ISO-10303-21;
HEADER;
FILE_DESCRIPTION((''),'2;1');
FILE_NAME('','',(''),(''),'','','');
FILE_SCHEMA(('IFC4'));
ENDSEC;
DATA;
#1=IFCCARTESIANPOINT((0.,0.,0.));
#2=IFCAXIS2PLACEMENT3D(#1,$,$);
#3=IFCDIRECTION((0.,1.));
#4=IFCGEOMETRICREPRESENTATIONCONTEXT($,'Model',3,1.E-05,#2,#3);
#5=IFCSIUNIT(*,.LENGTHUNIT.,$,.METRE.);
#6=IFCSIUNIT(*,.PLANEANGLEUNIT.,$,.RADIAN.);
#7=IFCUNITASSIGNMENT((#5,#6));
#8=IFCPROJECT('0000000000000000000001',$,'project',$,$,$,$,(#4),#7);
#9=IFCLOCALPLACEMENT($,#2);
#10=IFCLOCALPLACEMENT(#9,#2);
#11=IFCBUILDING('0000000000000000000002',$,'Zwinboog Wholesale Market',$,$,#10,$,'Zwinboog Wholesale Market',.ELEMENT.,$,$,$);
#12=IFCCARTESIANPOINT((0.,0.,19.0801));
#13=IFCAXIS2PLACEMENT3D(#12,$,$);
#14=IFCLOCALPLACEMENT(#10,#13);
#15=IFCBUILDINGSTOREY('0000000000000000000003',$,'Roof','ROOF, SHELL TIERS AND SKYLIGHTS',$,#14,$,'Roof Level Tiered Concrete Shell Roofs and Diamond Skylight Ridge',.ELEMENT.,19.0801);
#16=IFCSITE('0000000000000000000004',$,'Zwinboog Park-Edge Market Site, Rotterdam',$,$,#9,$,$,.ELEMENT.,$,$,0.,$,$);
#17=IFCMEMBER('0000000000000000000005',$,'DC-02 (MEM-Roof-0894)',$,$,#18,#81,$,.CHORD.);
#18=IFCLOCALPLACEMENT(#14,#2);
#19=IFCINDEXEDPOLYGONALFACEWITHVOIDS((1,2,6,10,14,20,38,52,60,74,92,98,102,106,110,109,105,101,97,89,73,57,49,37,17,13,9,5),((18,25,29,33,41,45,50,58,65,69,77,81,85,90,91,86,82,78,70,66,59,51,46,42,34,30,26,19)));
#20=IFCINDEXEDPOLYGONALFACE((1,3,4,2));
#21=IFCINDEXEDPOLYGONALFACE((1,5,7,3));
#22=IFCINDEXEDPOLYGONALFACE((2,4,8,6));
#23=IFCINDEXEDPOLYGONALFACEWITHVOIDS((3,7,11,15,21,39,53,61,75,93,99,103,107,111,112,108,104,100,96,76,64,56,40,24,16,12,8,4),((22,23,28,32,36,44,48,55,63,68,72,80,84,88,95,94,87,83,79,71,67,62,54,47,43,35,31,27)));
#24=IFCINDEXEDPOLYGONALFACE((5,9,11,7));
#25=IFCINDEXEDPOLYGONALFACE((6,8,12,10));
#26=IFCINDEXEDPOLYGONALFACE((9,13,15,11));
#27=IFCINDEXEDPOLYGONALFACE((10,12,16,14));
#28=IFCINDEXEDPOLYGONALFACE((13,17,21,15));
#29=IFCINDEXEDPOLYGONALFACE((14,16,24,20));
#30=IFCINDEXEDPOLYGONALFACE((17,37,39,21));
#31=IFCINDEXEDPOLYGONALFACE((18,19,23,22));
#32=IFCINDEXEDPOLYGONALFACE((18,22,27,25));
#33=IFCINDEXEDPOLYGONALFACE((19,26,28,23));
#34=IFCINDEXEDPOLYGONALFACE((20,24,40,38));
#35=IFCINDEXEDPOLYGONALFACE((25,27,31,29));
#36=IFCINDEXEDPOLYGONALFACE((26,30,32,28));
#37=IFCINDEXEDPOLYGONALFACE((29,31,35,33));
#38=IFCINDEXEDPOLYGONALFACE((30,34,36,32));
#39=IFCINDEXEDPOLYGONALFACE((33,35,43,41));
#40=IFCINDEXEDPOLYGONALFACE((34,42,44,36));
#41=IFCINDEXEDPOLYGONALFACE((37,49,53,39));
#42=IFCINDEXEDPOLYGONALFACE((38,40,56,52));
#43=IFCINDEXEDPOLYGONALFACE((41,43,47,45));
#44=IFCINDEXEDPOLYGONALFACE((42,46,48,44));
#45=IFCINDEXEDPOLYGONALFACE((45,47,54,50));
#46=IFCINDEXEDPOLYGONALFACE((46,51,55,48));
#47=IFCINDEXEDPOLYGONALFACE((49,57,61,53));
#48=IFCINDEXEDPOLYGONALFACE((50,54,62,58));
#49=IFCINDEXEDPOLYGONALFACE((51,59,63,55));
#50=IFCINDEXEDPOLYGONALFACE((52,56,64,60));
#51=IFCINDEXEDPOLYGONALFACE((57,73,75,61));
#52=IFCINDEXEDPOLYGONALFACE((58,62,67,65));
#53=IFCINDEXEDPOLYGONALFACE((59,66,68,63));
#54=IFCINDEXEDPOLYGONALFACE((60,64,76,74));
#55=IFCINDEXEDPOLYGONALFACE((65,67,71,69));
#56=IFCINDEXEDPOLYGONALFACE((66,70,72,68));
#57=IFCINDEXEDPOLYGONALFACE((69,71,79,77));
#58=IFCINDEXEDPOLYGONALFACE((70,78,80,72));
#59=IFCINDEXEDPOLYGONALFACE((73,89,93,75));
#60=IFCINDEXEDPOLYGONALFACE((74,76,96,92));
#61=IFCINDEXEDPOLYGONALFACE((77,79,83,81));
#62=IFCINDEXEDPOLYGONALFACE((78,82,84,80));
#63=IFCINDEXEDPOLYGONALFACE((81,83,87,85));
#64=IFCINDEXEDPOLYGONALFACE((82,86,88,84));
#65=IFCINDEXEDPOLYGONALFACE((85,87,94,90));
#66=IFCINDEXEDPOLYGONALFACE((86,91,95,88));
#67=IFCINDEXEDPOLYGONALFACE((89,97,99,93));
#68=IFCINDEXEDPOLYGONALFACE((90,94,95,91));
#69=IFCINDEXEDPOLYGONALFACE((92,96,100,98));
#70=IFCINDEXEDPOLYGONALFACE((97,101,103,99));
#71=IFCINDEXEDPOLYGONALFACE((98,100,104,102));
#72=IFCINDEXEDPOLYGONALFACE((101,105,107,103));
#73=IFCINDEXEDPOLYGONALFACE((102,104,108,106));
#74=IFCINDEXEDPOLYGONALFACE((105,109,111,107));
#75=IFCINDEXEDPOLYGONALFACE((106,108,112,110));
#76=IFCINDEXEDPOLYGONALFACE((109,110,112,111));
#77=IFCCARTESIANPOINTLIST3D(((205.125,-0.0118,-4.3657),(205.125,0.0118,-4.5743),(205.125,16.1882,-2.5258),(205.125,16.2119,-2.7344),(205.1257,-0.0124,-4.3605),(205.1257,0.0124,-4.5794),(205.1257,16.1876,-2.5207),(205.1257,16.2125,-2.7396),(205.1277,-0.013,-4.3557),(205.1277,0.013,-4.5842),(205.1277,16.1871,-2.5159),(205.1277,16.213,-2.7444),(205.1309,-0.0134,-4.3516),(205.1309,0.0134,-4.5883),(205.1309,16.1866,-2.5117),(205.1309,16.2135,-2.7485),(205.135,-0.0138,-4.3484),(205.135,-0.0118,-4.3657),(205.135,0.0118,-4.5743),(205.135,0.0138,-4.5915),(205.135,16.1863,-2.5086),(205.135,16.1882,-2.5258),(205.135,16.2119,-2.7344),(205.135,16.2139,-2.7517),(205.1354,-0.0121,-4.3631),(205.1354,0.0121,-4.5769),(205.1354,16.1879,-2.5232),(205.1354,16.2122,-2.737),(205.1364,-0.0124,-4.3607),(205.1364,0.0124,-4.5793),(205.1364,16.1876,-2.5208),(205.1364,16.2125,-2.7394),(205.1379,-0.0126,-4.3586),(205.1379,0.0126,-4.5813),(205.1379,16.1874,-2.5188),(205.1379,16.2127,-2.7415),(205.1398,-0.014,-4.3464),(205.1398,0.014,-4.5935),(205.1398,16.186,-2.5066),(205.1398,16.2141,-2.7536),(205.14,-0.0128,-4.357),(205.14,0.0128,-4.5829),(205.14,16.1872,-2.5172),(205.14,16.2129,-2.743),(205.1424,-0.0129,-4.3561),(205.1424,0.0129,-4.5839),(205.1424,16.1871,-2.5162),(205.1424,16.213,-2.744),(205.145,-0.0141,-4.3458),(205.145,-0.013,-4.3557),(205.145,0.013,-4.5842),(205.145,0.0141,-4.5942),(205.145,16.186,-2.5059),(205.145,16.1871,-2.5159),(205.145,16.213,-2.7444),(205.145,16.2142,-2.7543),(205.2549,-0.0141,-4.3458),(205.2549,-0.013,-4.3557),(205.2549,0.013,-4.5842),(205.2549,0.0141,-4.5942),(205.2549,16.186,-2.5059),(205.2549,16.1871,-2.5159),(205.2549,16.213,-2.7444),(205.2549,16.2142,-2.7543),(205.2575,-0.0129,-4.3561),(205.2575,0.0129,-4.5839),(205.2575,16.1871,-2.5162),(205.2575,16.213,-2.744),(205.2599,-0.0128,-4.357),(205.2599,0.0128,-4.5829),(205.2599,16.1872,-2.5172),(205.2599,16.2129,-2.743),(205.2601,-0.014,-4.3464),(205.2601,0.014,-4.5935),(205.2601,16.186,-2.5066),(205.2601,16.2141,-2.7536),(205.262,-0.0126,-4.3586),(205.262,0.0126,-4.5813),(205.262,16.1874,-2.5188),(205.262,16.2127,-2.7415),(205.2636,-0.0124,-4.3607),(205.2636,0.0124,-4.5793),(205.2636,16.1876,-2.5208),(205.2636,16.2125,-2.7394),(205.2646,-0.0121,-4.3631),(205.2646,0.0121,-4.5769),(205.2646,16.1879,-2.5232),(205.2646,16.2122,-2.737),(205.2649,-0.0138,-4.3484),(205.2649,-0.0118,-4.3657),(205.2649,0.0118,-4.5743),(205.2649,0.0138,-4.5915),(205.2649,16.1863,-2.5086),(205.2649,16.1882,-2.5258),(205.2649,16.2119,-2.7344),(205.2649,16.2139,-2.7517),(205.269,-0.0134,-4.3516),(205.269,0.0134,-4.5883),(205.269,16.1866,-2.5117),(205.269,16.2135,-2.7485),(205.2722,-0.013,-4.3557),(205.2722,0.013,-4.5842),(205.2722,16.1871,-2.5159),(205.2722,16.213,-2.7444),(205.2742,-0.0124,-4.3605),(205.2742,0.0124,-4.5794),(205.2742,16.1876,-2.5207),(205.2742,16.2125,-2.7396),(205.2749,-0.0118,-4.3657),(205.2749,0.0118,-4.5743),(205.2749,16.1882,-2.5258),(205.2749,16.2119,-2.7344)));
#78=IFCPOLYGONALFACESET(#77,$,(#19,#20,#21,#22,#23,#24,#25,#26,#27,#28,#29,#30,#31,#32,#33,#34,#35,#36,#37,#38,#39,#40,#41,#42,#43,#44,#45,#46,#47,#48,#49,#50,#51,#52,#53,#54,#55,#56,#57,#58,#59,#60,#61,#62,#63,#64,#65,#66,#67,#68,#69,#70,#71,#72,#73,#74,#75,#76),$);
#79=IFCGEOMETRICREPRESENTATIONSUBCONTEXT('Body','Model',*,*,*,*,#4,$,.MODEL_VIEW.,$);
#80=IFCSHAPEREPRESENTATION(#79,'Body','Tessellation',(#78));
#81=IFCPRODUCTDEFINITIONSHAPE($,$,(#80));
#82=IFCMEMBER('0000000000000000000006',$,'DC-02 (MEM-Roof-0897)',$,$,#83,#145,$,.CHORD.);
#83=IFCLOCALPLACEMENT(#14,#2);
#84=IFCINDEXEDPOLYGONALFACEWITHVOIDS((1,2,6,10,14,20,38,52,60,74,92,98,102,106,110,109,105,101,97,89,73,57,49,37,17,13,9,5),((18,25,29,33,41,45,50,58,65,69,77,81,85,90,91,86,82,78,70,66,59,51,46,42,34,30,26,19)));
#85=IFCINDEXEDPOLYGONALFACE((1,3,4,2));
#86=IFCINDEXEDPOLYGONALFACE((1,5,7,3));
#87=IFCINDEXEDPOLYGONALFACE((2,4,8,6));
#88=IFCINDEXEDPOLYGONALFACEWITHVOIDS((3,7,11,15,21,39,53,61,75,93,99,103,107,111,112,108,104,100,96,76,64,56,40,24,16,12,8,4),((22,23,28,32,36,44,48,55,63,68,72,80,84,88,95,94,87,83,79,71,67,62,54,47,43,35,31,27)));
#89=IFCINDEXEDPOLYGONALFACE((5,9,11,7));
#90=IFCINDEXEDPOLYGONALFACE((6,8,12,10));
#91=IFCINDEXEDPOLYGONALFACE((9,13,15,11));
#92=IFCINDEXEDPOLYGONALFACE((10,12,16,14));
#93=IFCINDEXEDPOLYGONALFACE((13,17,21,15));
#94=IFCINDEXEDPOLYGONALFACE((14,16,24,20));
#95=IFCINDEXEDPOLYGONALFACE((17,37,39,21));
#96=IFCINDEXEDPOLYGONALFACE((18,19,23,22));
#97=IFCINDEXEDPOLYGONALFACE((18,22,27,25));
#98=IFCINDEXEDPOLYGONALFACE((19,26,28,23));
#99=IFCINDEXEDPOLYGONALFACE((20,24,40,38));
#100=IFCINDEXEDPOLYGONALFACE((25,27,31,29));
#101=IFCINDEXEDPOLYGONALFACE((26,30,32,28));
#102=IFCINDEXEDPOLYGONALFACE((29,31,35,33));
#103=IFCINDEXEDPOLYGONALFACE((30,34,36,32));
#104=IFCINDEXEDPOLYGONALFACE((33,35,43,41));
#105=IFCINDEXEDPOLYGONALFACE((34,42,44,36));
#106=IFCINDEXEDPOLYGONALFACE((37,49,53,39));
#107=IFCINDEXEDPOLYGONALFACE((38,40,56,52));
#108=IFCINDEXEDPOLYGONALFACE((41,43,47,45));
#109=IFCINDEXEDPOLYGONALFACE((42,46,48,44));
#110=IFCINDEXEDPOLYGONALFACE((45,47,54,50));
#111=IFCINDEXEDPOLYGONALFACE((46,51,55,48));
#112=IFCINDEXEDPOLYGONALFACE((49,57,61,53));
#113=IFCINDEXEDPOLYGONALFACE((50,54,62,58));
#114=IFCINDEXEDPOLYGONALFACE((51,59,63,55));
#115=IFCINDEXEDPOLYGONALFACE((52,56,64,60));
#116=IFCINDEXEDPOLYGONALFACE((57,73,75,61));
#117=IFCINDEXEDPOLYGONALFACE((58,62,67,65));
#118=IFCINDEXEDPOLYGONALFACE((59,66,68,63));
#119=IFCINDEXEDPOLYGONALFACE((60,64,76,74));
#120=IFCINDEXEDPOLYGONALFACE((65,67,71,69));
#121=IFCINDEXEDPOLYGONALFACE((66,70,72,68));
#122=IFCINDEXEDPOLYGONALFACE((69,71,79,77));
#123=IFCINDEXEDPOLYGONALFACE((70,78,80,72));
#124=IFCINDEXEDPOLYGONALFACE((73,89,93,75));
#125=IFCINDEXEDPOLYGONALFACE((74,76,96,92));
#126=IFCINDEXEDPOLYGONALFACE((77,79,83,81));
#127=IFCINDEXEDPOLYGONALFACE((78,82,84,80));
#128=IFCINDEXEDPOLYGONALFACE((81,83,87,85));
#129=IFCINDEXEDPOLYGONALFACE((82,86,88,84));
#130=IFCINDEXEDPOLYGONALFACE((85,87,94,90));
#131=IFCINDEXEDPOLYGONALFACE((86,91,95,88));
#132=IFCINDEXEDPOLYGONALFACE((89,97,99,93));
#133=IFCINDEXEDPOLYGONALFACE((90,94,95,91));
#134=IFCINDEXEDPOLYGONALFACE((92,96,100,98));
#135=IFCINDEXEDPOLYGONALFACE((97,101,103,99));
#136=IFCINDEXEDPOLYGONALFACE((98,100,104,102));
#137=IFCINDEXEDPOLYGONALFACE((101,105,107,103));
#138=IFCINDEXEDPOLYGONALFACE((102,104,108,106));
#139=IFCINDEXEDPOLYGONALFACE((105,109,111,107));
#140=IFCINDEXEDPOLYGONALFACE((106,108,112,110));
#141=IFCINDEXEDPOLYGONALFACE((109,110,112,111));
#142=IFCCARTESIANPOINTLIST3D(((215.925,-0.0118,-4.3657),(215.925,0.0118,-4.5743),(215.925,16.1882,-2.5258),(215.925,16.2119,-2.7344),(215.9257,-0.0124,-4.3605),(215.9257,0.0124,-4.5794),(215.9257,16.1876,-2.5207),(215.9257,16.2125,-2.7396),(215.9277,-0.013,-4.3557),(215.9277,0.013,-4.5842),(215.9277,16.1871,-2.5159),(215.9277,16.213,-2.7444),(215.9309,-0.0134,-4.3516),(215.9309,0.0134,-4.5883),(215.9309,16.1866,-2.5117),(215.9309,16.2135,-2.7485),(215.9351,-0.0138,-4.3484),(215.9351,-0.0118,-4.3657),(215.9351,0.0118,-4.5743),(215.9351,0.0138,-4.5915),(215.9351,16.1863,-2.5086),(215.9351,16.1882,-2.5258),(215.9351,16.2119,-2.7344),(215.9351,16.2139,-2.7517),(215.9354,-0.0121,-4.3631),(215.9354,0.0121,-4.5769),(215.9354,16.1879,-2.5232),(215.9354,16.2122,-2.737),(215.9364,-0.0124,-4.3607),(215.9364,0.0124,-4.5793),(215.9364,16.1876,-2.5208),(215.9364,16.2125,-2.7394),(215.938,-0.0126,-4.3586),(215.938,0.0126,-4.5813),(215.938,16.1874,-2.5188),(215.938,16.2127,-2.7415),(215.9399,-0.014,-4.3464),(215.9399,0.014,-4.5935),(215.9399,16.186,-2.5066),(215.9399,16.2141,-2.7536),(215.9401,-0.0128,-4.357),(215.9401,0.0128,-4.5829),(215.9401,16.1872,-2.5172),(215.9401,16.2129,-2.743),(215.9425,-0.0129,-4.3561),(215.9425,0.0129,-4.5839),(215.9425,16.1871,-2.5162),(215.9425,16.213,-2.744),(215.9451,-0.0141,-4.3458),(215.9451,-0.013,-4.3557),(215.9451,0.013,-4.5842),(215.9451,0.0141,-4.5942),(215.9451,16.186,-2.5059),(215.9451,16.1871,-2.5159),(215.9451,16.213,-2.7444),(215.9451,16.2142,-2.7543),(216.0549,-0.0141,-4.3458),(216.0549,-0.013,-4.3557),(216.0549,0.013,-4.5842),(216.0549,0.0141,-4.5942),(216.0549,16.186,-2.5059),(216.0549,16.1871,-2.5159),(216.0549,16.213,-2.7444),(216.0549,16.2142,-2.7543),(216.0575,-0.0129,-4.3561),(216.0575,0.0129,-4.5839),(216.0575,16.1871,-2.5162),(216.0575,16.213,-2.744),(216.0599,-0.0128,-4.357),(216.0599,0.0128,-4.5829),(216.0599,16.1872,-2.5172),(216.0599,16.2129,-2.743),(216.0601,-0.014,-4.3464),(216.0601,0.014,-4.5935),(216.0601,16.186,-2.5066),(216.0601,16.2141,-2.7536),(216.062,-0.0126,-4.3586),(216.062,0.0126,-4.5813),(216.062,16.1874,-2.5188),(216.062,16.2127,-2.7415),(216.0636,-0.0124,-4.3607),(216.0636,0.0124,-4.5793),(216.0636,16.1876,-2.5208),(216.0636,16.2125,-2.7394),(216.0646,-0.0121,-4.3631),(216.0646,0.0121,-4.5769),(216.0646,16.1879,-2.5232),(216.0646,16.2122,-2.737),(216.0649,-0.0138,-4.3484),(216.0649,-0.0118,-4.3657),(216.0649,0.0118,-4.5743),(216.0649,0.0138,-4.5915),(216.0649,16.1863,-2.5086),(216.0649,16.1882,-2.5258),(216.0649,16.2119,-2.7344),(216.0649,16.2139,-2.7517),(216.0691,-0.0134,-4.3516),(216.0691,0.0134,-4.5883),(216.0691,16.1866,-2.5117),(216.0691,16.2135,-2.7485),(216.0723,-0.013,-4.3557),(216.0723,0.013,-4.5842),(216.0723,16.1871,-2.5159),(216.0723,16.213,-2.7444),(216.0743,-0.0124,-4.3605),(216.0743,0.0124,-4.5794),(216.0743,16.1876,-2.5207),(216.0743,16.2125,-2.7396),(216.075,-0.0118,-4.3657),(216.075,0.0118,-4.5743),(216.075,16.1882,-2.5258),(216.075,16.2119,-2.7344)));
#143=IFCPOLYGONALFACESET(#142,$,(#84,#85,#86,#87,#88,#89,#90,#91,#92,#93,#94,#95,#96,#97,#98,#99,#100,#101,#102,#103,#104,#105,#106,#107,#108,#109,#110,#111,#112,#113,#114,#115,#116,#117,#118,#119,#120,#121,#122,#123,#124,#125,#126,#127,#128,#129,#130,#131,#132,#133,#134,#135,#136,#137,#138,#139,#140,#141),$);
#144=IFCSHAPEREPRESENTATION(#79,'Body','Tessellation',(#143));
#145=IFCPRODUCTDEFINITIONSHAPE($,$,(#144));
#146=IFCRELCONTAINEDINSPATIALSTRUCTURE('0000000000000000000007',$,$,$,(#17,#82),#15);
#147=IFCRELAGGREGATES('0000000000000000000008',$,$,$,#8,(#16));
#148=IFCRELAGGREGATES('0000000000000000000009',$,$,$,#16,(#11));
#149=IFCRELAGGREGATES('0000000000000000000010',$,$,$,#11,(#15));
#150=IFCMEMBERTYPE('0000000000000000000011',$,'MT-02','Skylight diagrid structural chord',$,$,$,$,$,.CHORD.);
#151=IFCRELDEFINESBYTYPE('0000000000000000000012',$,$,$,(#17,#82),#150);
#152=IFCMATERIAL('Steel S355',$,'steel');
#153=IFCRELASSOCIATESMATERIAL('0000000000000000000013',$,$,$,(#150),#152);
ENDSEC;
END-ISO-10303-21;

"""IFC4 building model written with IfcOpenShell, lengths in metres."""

from ifc_helpers import new_model, si_unit, direction, frame, origin, origin_2d, place, context, subcontext, project, spatial, hollow_rectangle, extrude, material, material_profile, profile_set, type_object, element, save


model = new_model("IFC4")

# Units and contexts
model_context = context("Model", 3, precision=1e-05, world=origin(), true_north=direction((0.0, 1.0)))
body_context = subcontext(model_context, "Body", "Model", "MODEL_VIEW")
ifc_project = project(units=[si_unit("LENGTHUNIT", "METRE"), si_unit("PLANEANGLEUNIT", "RADIAN")], contexts=[model_context])

# Site, building, storey
site_placement = place(None, origin())
site = spatial("IfcSite", under=ifc_project, at=site_placement, Name="Zwinboog Park-Edge Market Site, Rotterdam", CompositionType="ELEMENT", RefElevation=0.0)
building_placement = place(site_placement, origin())
building = spatial("IfcBuilding", under=site, at=building_placement, Name="Zwinboog Wholesale Market", LongName="Zwinboog Wholesale Market", CompositionType="ELEMENT")
storey_placement = place(building_placement, frame((0.0, 0.0, 19.0801)))
storey = spatial("IfcBuildingStorey", under=building, at=storey_placement, Name="Roof", Description="ROOF, SHELL TIERS AND SKYLIGHTS", LongName="Roof Level Tiered Concrete Shell Roofs and Diamond Skylight Ridge", CompositionType="ELEMENT", Elevation=19.0801)

# Shared definitions
ifc_material_1 = material(Name="Steel S355", Category="steel")

# Members
ifc_material_profile_1 = material_profile(ifc_material_1, hollow_rectangle(XDim=0.1499, YDim=0.25, WallThickness=0.01, InnerFilletRadius=0.01, OuterFilletRadius=0.02, at=origin_2d()), Name="RHS 250x150x10")
ifc_profile_set_1 = profile_set([ifc_material_profile_1], Name="Steel S355")
member_type_1 = type_object("IfcMemberType", Name="MT-02", Description="Skylight diagrid structural chord", PredefinedType="CHORD", material=ifc_profile_set_1)
for number, where, z_axis, x_axis, name in (
    (1, (205.2, 0.0, -4.47), (0.0, 0.993613, 0.112846), (-1.0, 0.0, 0.0), "DC-02 (MEM-Roof-0894)"),
    (2, (216.0, 0.0, -4.47), (0.0, 0.993613, 0.112846), (-1.0, 0.0, 0.0), "DC-02 (MEM-Roof-0897)"),
):
    element("IfcMember", number, at=place(storey_placement, frame(where, z_axis=z_axis, x_axis=x_axis)), inside=storey, type_object=member_type_1, Name=name, PredefinedType="CHORD", context=body_context, shape_type="SweptSolid", body=[
        extrude(hollow_rectangle(XDim=0.1499, YDim=0.25, WallThickness=0.01, InnerFilletRadius=0.01, OuterFilletRadius=0.02, at=origin_2d()), origin(), (0.0, 0.0, 1.0), 16.3042),
    ])

save(model, "model.ifc")
